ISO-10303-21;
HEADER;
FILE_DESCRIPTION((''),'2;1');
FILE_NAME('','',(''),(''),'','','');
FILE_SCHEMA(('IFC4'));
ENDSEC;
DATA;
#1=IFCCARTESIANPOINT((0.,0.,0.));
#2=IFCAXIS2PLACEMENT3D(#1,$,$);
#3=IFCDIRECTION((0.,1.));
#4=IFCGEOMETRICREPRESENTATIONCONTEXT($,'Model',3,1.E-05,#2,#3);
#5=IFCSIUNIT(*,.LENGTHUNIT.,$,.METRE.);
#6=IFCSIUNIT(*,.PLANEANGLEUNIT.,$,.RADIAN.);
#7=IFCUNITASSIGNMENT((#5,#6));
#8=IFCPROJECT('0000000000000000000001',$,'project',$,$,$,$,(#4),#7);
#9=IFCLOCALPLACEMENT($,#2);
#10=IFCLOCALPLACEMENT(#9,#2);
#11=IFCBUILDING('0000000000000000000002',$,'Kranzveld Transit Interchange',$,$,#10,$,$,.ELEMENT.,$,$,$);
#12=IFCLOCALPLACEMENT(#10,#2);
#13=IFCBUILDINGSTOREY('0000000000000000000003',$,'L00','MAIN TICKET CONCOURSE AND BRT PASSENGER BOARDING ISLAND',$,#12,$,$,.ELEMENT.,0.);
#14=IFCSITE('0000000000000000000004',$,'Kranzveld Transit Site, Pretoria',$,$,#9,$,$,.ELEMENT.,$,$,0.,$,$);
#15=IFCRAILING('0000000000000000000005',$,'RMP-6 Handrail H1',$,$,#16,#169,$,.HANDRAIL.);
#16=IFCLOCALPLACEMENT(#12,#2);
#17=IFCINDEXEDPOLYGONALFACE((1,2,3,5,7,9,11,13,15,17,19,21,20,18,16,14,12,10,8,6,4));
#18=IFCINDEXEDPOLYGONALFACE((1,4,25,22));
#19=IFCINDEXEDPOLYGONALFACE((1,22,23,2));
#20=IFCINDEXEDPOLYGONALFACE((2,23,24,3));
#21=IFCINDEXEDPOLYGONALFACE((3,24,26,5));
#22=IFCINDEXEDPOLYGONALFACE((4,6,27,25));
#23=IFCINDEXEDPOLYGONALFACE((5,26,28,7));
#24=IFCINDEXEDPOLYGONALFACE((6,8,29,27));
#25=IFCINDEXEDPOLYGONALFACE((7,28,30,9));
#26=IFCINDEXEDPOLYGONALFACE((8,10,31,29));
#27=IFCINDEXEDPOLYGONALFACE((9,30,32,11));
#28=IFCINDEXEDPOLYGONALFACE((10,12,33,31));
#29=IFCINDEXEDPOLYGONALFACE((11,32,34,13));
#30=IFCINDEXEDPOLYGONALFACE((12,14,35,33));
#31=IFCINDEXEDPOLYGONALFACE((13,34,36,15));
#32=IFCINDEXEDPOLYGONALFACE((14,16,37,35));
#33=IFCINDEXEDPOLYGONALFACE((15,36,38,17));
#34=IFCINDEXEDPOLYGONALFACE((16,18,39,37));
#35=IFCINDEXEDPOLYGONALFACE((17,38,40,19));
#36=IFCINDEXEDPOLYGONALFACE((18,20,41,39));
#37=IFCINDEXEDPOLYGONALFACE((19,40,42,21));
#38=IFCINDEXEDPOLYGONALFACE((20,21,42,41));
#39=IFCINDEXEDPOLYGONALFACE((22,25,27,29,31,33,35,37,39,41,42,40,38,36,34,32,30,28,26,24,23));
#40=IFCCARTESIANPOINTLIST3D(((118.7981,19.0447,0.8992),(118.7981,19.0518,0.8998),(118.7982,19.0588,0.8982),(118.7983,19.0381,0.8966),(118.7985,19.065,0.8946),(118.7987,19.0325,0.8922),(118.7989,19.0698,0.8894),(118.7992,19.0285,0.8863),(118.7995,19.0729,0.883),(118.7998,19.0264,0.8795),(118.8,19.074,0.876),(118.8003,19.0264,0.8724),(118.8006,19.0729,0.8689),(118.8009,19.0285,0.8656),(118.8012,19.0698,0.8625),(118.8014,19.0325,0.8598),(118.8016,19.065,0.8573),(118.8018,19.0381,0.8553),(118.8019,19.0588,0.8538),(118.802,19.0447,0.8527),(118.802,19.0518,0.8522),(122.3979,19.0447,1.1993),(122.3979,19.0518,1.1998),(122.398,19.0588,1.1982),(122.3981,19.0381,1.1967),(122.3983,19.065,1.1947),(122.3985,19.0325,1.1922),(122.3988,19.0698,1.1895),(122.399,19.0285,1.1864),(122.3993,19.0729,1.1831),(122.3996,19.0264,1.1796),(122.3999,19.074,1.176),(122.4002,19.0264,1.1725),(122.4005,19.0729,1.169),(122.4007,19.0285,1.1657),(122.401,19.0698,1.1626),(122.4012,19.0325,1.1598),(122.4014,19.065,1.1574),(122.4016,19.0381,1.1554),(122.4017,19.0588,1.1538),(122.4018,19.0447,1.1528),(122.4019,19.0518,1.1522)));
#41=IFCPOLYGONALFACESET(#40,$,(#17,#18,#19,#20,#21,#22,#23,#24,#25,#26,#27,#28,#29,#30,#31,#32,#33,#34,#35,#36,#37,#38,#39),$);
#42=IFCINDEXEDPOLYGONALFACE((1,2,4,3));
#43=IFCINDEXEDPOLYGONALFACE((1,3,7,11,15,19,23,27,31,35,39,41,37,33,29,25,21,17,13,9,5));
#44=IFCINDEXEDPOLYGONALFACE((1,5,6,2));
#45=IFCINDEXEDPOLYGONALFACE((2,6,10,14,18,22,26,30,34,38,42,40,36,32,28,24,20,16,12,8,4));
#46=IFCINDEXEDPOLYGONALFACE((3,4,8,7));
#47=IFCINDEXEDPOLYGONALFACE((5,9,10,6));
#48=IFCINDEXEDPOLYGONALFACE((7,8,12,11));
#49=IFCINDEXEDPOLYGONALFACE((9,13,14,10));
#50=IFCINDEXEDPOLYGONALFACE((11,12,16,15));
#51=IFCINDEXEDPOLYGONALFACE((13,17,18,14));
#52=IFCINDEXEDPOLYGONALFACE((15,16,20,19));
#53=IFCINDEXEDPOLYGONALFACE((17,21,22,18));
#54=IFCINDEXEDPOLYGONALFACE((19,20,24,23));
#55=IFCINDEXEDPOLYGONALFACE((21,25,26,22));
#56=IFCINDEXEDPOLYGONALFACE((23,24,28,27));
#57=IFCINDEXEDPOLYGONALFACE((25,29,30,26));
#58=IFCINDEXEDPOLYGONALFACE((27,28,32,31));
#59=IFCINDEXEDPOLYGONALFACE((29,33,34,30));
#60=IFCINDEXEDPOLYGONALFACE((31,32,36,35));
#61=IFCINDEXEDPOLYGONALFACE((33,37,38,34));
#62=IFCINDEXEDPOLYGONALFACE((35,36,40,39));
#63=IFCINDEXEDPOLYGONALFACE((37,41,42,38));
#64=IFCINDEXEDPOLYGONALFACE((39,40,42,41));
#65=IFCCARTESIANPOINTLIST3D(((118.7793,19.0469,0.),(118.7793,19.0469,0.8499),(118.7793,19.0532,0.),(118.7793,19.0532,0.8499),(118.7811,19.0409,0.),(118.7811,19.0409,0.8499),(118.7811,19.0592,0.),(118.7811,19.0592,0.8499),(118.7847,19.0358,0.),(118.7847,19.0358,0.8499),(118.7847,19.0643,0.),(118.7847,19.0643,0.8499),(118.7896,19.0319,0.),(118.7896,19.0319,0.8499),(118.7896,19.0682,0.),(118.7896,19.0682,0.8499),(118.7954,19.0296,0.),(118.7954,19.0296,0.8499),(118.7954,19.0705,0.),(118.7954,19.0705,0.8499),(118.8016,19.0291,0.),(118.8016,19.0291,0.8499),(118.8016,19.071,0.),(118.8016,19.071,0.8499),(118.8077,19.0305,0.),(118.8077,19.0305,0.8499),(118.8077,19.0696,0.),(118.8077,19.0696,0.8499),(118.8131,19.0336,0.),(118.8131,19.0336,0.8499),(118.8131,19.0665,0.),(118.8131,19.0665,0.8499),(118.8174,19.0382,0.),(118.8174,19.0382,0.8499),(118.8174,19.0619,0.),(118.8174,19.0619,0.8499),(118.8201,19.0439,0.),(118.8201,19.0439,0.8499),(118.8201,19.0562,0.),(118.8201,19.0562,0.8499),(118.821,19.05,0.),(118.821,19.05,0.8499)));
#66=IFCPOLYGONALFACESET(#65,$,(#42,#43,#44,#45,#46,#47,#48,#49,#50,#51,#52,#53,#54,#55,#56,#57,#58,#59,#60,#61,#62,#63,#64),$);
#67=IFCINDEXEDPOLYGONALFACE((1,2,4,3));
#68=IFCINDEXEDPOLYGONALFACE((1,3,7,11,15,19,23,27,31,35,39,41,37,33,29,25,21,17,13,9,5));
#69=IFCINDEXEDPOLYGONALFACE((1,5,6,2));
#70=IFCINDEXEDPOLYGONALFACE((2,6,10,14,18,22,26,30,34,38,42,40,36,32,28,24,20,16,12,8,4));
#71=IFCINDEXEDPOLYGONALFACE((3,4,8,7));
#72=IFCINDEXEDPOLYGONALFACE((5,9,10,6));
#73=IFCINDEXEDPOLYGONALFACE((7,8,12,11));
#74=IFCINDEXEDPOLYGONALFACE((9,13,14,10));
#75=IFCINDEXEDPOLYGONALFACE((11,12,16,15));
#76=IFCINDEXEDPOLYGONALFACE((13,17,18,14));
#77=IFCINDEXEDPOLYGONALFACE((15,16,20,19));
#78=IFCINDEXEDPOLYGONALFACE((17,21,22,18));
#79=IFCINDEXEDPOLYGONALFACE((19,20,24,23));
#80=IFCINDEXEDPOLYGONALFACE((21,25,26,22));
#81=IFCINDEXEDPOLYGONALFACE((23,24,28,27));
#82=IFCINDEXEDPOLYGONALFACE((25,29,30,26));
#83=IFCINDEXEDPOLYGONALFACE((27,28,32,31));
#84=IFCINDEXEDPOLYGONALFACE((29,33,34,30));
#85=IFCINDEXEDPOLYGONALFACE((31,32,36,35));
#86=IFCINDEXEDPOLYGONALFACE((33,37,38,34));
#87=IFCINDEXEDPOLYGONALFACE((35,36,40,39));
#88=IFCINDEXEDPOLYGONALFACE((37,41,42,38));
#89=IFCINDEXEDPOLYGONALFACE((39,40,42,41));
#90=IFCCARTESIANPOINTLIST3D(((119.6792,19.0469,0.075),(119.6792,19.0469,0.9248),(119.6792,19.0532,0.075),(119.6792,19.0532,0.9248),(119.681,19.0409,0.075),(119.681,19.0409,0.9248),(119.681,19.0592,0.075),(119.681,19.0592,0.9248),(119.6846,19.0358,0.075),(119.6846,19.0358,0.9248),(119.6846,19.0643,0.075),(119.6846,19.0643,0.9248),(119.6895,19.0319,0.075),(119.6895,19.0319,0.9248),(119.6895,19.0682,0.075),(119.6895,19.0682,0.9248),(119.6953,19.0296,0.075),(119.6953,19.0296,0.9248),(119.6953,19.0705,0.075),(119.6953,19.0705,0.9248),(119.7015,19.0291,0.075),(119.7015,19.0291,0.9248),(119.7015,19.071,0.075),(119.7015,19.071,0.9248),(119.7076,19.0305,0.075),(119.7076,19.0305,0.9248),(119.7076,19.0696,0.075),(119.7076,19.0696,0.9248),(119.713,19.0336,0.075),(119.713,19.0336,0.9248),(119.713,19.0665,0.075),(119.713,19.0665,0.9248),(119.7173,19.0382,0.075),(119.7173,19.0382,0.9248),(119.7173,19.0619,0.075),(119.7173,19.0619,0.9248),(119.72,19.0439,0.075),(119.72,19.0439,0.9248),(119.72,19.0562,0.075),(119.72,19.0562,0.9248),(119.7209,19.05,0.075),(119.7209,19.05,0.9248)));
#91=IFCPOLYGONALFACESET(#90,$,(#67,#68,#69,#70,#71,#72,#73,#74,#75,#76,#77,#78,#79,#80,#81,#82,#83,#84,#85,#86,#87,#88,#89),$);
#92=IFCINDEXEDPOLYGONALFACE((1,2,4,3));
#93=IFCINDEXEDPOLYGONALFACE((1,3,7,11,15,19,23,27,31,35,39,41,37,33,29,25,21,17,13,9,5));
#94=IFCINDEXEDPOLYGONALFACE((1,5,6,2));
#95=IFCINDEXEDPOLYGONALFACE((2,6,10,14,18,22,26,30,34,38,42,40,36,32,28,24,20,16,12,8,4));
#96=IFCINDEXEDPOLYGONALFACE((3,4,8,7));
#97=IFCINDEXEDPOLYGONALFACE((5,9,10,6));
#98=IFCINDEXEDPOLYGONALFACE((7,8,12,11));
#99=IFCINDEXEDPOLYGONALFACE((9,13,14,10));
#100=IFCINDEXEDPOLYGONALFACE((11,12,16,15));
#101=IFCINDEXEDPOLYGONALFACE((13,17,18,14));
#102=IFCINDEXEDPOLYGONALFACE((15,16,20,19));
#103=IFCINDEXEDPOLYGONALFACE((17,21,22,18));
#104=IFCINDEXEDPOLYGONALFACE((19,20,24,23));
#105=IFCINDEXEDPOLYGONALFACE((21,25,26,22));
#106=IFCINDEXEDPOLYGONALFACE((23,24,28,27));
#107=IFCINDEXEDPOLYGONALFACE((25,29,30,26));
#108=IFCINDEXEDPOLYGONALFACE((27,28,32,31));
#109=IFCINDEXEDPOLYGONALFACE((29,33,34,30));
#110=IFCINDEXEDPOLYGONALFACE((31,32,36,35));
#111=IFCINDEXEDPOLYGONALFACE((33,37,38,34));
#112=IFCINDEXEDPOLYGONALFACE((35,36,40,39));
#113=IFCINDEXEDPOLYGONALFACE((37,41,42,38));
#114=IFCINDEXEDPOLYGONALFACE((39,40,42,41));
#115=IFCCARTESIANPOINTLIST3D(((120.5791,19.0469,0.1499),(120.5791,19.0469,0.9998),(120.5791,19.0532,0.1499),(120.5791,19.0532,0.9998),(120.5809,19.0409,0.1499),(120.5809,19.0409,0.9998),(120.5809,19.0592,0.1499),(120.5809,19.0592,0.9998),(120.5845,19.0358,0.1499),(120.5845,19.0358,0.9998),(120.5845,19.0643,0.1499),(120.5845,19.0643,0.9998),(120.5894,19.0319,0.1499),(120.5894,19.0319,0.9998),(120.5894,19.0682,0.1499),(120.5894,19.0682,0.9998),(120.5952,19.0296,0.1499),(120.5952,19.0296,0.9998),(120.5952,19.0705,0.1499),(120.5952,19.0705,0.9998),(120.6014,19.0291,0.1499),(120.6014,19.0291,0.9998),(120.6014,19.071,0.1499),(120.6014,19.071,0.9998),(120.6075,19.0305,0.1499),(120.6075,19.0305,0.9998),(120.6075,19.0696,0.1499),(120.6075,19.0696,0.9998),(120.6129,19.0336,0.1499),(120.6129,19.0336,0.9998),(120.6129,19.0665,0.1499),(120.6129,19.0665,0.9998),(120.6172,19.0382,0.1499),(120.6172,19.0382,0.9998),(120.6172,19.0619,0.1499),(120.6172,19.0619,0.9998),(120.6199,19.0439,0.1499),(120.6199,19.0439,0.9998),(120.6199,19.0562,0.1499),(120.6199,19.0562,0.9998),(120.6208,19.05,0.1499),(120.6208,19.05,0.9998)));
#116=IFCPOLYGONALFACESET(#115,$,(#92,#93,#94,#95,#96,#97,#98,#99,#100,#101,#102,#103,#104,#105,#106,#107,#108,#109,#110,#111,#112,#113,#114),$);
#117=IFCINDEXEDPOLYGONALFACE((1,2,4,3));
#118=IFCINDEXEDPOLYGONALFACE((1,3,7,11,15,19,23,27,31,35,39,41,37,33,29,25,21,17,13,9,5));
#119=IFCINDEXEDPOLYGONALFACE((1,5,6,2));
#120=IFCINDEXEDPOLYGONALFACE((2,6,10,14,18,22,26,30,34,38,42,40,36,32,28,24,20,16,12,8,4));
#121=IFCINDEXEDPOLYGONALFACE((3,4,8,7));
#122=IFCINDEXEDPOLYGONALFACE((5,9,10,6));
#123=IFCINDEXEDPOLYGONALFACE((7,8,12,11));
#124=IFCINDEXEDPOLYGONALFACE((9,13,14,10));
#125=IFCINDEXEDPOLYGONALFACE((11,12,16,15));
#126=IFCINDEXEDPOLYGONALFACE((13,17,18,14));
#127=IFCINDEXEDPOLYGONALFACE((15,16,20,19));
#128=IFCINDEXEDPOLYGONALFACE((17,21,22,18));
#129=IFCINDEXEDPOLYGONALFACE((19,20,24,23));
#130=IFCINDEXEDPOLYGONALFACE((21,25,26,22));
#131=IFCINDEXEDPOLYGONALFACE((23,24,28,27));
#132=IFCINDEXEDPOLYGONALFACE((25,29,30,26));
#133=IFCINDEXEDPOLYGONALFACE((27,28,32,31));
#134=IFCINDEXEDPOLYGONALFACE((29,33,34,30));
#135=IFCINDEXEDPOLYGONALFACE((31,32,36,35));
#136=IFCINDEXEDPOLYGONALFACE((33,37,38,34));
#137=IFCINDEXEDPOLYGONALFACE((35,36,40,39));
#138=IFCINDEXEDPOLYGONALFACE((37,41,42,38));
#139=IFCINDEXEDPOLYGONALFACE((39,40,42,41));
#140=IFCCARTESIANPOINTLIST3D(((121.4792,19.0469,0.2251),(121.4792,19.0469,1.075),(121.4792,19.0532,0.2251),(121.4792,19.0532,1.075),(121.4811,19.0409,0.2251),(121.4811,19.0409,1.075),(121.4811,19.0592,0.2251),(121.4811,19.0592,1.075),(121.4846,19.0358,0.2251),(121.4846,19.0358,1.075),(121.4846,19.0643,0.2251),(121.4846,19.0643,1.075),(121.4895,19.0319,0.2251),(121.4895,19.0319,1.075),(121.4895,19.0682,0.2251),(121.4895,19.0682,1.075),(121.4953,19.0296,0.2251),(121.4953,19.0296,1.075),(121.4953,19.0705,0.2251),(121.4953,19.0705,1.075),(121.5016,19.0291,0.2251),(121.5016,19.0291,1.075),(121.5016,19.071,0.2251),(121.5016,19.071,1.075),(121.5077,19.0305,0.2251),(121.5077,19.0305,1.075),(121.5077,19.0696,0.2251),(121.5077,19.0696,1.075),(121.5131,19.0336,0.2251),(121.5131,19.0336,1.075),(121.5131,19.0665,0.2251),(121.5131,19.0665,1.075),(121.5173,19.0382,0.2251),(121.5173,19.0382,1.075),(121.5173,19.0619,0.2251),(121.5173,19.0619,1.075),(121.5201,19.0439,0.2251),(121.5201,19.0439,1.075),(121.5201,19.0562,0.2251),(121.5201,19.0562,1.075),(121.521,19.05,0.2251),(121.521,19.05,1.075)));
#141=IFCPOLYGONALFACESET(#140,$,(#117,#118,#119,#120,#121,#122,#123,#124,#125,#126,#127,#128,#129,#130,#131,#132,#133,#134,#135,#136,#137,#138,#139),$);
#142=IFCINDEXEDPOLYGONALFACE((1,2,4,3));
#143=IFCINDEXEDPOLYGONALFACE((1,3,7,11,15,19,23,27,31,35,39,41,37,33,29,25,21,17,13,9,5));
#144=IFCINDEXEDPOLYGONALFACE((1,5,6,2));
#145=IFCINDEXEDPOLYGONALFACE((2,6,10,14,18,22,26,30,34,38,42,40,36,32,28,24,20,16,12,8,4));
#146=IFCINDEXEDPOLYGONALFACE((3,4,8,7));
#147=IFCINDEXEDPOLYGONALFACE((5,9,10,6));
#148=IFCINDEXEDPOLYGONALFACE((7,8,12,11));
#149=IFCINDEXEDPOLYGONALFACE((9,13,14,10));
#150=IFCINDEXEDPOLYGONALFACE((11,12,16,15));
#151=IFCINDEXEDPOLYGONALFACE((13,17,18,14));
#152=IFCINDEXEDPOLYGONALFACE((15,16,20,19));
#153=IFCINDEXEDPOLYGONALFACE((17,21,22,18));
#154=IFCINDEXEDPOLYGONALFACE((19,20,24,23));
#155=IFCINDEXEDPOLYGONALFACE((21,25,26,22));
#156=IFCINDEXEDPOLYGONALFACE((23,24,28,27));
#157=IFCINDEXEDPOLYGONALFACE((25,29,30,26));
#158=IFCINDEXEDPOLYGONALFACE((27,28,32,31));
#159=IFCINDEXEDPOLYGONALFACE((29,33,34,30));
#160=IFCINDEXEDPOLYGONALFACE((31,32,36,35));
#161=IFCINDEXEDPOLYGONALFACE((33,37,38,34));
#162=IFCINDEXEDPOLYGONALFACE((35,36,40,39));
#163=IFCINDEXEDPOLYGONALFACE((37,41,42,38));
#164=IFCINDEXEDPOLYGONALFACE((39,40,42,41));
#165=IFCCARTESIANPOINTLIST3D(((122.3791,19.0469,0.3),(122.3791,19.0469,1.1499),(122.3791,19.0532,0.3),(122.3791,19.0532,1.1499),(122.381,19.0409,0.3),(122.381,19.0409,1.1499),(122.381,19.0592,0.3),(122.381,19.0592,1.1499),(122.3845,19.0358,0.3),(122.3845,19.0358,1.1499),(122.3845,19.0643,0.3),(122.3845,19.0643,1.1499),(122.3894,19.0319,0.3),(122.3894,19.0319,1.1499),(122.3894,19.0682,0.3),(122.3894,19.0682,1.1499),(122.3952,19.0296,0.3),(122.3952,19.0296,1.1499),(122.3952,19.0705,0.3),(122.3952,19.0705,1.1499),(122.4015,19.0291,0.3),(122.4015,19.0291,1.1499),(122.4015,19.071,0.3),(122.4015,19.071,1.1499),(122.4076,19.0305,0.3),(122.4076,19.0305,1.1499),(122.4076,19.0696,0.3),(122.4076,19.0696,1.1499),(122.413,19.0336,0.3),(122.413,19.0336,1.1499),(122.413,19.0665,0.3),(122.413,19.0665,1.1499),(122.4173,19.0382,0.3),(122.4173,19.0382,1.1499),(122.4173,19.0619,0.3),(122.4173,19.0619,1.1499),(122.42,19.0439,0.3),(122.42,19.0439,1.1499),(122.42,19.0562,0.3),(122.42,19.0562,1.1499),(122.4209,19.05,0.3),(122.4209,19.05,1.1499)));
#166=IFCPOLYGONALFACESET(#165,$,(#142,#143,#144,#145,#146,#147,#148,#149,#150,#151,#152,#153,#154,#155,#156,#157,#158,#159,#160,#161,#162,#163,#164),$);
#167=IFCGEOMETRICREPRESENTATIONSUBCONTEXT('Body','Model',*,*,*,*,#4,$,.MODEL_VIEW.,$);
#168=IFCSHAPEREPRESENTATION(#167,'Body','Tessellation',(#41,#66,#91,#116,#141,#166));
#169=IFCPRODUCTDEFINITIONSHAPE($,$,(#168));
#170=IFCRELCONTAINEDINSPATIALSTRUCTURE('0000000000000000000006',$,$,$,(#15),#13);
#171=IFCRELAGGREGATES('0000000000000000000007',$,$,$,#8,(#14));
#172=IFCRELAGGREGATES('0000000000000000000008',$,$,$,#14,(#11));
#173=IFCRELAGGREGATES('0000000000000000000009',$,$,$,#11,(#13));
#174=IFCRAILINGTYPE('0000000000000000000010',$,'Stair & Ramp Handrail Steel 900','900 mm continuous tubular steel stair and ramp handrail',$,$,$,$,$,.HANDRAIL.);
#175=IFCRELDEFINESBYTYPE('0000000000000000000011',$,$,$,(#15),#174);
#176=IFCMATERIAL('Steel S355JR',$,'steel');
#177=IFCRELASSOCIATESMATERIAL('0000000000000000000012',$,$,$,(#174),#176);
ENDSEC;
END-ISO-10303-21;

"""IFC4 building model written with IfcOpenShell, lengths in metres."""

from ifc_helpers import new_model, si_unit, direction, frame, origin, origin_2d, place, context, subcontext, project, spatial, circle, extrude, material, type_object, element, save


model = new_model("IFC4")

# Units and contexts
model_context = context("Model", 3, precision=1e-05, world=origin(), true_north=direction((0.0, 1.0)))
body_context = subcontext(model_context, "Body", "Model", "MODEL_VIEW")
ifc_project = project(units=[si_unit("LENGTHUNIT", "METRE"), si_unit("PLANEANGLEUNIT", "RADIAN")], contexts=[model_context])

# Site, building, storey
site_placement = place(None, origin())
site = spatial("IfcSite", under=ifc_project, at=site_placement, Name="Kranzveld Transit Site, Pretoria", CompositionType="ELEMENT", RefElevation=0.0)
building_placement = place(site_placement, origin())
building = spatial("IfcBuilding", under=site, at=building_placement, Name="Kranzveld Transit Interchange", CompositionType="ELEMENT")
storey_placement = place(building_placement, origin())
storey = spatial("IfcBuildingStorey", under=building, at=storey_placement, Name="L00", Description="MAIN TICKET CONCOURSE AND BRT PASSENGER BOARDING ISLAND", CompositionType="ELEMENT", Elevation=0.0)

# Railing
ifc_material_1 = material(Name="Steel S355JR", Category="steel")
railing_type = type_object("IfcRailingType", Name="Stair & Ramp Handrail Steel 900", Description="900 mm continuous tubular steel stair and ramp handrail", PredefinedType="HANDRAIL", material=ifc_material_1)
for number, where, name in (
    (1, (118.8, 19.05, 0.0), "RMP-6 Handrail H1"),
):
    element("IfcRailing", number, at=place(storey_placement, frame(where)), inside=storey, type_object=railing_type, Name=name, PredefinedType="HANDRAIL", context=body_context, shape_type="SweptSolid", body=[
        extrude(circle(Radius=0.0239, at=origin_2d()), frame((0.0, 0.0, 0.876), z_axis=(0.996544, 0.0, 0.083062), x_axis=(0.0, 1.0, 0.0)), (0.0, 0.0, 1.0), 3.6123),
        extrude(circle(Radius=0.021, at=origin_2d()), origin(), (0.0, 0.0, 1.0), 0.8499),
        extrude(circle(Radius=0.021, at=origin_2d()), frame((0.8999, 0.0, 0.075)), (0.0, 0.0, 1.0), 0.8499),
        extrude(circle(Radius=0.021, at=origin_2d()), frame((1.7998, 0.0, 0.1499)), (0.0, 0.0, 1.0), 0.8499),
        extrude(circle(Radius=0.021, at=origin_2d()), frame((2.7, 0.0, 0.2251)), (0.0, 0.0, 1.0), 0.8499),
        extrude(circle(Radius=0.021, at=origin_2d()), frame((3.5999, 0.0, 0.3)), (0.0, 0.0, 1.0), 0.8499),
    ])

save(model, "model.ifc")
